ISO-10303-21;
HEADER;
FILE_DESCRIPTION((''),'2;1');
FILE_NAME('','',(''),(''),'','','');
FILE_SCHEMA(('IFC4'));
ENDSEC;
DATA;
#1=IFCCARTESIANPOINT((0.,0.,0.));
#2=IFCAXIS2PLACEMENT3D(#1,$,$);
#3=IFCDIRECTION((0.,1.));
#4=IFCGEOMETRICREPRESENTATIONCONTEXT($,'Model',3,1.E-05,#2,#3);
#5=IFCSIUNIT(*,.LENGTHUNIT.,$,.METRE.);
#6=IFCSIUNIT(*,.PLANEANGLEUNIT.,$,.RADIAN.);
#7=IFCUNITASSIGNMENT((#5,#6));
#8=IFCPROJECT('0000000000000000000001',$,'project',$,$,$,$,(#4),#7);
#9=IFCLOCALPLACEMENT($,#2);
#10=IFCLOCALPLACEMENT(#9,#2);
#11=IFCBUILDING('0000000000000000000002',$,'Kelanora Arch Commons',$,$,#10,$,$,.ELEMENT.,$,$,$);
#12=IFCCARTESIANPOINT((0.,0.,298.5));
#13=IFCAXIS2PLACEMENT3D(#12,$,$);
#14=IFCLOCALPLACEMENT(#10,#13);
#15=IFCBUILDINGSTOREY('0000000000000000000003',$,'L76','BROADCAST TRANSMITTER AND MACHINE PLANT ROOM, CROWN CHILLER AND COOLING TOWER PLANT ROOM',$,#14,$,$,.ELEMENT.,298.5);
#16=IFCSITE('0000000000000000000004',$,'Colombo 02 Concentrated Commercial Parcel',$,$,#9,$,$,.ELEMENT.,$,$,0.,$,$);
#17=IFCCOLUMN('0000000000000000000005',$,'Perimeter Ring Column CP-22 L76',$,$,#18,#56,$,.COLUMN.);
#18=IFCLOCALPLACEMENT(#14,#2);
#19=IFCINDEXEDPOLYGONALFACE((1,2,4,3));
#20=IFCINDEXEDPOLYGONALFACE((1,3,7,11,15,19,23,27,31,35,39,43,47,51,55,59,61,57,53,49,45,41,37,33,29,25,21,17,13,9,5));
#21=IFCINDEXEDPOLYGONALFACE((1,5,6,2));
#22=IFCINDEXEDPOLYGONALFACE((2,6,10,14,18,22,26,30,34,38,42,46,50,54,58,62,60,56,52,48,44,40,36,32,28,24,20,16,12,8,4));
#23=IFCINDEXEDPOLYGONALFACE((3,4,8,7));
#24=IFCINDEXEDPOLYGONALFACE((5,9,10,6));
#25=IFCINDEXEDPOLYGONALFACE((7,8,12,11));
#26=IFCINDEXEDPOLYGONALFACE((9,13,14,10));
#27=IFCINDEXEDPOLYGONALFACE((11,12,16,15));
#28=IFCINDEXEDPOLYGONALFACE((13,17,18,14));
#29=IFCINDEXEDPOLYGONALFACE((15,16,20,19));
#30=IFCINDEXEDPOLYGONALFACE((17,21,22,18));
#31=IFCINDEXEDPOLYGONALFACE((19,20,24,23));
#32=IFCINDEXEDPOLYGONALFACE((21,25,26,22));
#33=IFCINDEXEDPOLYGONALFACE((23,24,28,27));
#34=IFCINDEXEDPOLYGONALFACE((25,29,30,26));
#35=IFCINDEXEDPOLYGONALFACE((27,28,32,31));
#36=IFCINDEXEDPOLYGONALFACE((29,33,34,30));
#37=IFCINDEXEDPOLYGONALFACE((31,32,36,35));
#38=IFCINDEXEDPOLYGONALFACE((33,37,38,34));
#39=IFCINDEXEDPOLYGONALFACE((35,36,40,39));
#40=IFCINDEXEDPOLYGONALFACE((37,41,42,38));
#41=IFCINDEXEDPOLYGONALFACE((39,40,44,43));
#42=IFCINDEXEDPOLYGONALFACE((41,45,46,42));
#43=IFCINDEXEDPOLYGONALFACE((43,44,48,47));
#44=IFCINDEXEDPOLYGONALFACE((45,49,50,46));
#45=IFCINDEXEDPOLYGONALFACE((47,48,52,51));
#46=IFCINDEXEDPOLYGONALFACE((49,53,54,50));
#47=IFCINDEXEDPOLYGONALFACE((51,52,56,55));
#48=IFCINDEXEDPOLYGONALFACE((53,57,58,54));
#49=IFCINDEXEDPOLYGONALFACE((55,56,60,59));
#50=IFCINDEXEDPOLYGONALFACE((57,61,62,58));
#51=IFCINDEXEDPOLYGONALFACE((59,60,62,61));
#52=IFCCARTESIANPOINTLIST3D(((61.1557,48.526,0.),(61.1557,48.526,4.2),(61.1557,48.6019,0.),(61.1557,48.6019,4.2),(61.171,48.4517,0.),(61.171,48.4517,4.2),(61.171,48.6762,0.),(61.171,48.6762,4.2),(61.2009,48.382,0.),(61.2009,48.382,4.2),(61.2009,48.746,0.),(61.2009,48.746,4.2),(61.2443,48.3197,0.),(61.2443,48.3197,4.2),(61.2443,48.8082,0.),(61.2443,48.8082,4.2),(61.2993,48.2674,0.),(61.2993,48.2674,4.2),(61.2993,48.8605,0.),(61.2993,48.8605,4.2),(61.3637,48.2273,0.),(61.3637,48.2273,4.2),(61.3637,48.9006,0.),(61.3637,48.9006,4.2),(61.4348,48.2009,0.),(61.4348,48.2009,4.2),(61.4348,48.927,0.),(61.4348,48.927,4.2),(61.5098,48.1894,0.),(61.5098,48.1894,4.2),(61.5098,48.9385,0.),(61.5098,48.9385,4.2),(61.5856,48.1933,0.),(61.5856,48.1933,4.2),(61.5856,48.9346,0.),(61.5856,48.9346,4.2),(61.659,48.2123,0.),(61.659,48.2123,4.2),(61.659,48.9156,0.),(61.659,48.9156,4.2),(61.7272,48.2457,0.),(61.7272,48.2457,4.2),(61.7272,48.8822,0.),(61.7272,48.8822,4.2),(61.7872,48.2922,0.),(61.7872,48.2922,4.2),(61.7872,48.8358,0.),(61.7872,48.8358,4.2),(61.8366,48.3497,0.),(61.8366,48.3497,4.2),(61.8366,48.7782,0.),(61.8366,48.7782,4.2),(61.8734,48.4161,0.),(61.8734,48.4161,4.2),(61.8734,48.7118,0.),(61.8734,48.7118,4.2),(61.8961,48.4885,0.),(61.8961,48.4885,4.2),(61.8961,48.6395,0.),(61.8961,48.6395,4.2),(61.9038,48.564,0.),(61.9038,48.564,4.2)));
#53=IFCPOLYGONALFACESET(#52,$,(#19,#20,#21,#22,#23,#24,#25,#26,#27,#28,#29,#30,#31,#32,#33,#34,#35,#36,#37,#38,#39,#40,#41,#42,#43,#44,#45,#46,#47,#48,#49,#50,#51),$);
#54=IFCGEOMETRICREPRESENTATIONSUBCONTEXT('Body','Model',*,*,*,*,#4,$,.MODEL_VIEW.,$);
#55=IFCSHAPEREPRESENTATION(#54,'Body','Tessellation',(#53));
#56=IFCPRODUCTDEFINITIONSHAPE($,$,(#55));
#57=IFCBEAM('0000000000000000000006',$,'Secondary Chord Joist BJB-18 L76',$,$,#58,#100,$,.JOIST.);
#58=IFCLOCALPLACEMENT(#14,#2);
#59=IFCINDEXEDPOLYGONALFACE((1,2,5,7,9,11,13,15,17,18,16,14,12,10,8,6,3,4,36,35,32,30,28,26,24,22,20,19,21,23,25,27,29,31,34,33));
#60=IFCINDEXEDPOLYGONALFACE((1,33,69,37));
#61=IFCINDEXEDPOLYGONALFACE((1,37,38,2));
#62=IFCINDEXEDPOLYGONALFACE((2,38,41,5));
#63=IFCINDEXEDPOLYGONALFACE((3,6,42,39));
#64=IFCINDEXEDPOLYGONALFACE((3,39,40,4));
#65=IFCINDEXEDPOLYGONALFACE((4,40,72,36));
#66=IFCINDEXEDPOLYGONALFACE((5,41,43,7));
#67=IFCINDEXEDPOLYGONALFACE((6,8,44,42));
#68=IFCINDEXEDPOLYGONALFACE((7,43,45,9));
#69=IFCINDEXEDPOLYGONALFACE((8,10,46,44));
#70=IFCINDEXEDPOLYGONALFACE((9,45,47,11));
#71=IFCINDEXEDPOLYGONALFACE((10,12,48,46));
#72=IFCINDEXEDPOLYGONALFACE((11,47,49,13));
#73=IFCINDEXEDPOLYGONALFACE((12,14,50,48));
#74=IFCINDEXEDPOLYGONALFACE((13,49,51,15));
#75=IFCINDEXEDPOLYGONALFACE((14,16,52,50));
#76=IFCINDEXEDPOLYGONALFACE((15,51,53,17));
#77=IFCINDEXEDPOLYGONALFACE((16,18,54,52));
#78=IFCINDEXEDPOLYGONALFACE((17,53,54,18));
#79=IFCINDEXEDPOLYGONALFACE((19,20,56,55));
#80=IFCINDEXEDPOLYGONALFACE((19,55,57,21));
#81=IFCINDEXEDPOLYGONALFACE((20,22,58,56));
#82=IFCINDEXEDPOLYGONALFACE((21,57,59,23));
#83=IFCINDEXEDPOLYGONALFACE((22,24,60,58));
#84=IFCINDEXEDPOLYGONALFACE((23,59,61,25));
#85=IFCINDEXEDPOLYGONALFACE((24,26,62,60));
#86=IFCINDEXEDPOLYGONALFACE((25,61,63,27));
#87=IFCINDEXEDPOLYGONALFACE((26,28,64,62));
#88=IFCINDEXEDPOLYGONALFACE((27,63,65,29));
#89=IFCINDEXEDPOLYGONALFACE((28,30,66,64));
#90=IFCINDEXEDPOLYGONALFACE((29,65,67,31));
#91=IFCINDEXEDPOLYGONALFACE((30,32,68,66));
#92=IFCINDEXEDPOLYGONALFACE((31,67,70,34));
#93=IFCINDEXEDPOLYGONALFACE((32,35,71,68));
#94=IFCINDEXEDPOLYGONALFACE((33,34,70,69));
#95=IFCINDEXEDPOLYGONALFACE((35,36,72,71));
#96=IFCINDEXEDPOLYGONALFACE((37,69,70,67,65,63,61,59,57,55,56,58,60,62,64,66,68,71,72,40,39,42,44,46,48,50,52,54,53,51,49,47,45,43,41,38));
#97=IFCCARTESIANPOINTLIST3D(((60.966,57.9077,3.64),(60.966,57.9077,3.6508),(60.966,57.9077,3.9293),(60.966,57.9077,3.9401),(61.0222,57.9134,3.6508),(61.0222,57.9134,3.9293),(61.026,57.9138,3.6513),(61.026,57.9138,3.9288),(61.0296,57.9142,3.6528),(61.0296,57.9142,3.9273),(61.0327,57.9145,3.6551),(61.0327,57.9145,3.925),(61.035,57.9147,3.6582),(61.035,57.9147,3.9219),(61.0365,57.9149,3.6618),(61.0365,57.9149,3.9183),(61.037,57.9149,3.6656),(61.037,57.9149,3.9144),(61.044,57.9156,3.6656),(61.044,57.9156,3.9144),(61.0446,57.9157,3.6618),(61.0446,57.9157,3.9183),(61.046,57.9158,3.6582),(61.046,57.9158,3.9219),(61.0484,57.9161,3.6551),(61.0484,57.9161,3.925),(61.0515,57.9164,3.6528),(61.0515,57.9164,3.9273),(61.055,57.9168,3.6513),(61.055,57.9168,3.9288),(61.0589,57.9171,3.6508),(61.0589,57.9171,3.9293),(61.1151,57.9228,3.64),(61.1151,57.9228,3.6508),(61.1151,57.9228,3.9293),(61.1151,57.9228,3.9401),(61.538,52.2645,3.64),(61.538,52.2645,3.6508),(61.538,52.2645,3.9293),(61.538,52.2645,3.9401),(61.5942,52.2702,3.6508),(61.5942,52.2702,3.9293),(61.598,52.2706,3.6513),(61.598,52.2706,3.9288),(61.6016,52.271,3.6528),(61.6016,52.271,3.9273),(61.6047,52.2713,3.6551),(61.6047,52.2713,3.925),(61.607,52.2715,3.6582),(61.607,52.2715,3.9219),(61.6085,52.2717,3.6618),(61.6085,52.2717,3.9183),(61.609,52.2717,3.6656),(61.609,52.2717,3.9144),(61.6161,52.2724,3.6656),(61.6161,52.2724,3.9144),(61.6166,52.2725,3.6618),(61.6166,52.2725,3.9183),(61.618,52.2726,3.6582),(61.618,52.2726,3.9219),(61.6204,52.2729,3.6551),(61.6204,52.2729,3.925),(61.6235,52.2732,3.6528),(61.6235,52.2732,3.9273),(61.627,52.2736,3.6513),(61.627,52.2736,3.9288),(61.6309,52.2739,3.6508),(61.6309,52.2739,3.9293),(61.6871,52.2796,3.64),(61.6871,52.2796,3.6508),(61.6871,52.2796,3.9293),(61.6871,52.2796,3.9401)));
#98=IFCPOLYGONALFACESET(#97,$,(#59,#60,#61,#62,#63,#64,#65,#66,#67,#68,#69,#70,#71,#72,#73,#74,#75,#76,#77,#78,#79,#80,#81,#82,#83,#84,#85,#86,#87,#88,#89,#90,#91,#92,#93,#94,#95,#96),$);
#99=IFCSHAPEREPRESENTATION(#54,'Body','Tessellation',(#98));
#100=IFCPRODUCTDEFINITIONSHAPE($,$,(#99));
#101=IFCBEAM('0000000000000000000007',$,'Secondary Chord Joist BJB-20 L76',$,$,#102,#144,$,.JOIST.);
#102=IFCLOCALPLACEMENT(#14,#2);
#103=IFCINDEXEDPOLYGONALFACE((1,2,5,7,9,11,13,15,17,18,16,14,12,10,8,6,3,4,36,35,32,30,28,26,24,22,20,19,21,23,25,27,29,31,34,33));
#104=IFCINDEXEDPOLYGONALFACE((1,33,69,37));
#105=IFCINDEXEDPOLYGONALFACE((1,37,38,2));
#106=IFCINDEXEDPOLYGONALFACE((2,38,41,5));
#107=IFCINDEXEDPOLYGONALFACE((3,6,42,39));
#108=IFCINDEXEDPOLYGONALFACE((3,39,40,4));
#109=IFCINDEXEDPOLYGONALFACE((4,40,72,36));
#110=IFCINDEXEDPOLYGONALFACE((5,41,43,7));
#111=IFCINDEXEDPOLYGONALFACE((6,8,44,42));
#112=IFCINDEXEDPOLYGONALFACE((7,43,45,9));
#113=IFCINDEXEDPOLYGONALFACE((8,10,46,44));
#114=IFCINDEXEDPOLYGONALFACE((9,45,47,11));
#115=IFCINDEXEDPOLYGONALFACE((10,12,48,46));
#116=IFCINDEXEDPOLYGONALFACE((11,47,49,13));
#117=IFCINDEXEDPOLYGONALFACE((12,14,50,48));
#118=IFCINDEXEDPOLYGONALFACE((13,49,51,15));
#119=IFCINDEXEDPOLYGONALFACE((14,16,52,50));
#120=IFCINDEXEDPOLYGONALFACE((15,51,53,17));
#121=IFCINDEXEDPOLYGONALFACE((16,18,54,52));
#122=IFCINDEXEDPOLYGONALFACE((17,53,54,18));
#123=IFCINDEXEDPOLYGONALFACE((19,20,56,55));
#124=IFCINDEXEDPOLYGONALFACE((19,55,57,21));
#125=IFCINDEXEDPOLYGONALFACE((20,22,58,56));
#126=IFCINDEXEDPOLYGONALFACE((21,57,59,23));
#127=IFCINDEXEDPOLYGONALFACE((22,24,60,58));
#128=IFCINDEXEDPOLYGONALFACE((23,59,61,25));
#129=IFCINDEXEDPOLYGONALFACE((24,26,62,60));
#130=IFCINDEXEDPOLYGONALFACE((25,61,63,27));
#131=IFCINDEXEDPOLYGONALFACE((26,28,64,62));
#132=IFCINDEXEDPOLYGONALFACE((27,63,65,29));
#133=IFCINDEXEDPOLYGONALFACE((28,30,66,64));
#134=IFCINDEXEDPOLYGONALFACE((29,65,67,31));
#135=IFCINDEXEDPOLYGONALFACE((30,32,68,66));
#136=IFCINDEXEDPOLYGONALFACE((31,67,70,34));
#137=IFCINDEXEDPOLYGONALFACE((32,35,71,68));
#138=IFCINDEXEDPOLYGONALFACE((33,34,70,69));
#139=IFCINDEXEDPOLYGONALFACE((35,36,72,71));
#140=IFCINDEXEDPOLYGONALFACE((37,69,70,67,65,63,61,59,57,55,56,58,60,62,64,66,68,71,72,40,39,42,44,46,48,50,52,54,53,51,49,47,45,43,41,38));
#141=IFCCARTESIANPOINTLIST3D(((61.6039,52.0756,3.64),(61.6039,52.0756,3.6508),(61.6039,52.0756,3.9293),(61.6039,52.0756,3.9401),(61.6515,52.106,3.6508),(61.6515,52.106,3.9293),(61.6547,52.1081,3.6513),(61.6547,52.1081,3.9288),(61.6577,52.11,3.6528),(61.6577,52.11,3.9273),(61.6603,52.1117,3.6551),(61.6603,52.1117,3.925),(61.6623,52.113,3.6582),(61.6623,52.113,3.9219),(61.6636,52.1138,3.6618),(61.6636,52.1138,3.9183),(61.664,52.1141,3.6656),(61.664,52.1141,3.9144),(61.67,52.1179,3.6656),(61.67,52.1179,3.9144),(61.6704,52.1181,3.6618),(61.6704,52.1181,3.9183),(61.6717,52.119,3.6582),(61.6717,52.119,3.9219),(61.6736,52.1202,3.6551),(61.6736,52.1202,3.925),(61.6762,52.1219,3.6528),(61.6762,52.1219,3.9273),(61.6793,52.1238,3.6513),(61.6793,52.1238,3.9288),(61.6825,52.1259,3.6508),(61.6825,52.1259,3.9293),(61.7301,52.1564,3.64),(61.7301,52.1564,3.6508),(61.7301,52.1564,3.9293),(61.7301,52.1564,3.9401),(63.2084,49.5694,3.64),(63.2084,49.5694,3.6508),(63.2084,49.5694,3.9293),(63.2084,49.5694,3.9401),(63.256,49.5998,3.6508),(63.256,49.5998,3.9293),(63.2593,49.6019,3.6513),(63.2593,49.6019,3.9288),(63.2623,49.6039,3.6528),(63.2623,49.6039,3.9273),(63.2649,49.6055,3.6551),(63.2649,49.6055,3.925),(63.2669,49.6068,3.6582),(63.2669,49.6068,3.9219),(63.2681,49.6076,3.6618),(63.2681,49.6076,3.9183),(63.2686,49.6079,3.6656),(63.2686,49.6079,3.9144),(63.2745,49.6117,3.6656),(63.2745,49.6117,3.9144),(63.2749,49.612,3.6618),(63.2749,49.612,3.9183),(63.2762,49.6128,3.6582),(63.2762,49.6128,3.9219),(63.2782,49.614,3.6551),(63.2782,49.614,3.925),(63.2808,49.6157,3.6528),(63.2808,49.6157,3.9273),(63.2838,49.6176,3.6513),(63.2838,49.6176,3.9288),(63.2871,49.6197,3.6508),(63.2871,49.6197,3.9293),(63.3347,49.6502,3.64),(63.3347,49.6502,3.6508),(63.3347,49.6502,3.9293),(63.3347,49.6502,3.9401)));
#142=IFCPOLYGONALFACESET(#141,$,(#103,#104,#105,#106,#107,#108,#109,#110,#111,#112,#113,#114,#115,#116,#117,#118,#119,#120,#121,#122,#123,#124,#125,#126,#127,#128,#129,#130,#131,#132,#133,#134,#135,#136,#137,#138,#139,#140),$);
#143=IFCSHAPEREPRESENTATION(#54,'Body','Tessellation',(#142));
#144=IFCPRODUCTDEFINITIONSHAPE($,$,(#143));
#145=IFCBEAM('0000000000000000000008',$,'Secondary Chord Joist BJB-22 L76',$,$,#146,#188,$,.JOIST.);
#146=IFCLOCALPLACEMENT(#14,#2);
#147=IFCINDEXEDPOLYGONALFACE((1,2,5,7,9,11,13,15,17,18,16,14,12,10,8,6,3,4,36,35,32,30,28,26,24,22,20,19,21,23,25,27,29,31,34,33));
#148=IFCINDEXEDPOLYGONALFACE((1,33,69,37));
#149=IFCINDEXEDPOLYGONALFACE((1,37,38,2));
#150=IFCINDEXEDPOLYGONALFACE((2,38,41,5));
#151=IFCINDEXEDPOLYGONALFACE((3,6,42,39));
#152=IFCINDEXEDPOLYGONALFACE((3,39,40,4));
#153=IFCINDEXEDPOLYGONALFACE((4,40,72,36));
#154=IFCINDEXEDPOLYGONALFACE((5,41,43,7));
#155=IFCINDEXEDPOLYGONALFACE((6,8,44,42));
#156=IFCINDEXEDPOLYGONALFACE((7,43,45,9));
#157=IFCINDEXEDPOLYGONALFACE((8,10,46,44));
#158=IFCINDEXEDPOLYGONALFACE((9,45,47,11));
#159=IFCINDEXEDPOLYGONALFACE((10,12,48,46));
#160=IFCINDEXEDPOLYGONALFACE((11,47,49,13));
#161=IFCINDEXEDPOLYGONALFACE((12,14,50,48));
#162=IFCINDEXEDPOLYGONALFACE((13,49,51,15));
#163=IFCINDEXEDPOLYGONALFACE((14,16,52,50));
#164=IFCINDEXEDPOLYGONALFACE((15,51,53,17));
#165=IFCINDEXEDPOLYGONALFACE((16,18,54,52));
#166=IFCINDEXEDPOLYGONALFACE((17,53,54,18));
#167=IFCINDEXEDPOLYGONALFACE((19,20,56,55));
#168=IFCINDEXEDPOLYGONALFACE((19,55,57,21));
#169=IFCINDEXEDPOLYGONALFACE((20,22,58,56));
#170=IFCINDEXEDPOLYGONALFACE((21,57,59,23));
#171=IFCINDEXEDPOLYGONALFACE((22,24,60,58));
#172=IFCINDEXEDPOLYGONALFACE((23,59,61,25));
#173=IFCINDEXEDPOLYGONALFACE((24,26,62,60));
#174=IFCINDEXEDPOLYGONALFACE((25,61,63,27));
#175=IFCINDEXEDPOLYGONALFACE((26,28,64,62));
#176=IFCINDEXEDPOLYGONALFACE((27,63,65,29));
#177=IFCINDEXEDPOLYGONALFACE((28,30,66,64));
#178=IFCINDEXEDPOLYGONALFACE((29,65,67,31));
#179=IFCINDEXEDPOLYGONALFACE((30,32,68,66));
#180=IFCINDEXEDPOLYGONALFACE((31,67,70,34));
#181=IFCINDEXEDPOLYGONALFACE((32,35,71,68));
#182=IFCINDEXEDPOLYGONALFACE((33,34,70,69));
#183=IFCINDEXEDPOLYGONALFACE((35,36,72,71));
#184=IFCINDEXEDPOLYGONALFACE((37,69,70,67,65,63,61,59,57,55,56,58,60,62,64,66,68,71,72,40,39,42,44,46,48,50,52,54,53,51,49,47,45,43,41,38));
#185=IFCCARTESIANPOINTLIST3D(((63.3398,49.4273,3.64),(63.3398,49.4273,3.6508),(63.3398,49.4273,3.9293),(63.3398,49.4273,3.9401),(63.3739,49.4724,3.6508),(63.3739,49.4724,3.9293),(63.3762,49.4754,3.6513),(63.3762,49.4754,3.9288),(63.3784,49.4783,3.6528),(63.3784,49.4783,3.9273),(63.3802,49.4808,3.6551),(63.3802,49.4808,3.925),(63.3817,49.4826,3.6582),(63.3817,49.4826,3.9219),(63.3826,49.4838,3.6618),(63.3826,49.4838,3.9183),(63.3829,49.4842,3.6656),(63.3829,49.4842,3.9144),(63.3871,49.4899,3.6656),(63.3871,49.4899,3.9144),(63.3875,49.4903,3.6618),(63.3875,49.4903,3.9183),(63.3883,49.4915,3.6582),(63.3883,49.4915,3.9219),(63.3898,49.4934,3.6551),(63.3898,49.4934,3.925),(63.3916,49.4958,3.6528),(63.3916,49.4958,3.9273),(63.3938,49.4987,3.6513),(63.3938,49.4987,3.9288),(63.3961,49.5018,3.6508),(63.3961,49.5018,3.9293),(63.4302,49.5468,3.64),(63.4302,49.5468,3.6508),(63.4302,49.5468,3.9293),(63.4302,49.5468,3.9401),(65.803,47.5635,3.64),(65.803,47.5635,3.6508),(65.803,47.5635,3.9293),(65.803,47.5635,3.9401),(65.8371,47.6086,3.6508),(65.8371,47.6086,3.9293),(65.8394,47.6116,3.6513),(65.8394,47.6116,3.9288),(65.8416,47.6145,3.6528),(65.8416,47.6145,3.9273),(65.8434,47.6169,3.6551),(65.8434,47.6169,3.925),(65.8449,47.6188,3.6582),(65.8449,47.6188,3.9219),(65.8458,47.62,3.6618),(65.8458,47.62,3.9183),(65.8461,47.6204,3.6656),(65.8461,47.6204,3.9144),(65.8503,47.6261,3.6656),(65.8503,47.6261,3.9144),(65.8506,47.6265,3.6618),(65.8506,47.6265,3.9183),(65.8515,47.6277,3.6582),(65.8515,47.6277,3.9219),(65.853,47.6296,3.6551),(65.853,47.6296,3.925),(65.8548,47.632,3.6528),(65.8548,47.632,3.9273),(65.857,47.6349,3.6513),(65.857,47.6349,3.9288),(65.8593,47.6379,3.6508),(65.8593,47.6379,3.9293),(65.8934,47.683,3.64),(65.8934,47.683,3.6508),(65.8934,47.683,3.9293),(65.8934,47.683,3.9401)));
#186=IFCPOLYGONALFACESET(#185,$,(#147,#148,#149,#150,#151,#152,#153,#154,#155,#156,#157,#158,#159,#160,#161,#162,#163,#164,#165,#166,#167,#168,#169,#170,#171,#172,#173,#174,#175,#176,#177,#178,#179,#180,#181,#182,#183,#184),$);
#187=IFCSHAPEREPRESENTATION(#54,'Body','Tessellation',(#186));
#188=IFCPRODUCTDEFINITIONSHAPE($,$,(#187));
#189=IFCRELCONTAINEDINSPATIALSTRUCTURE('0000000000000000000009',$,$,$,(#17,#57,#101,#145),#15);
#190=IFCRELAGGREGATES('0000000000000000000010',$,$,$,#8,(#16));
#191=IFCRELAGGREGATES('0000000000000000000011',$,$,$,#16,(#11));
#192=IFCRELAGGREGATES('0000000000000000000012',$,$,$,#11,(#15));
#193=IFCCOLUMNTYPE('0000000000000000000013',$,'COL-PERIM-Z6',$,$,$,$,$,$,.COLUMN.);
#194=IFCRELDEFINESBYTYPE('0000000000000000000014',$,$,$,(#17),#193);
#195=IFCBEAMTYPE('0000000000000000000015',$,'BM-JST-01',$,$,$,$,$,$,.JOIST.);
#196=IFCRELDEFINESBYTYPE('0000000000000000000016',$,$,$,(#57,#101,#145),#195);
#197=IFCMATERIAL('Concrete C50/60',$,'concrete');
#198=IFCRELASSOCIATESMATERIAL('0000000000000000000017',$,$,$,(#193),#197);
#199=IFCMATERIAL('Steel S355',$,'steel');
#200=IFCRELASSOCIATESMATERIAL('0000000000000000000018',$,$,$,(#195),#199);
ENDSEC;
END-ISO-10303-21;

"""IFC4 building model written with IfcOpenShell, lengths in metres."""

from ifc_helpers import new_model, si_unit, direction, frame, origin, origin_2d, place, context, subcontext, project, spatial, circle, i_section, extrude, material, material_profile, profile_set, type_object, element, save


model = new_model("IFC4")

# Units and contexts
model_context = context("Model", 3, precision=1e-05, world=origin(), true_north=direction((0.0, 1.0)))
body_context = subcontext(model_context, "Body", "Model", "MODEL_VIEW")
ifc_project = project(units=[si_unit("LENGTHUNIT", "METRE"), si_unit("PLANEANGLEUNIT", "RADIAN")], contexts=[model_context])

# Site, building, storey
site_placement = place(None, origin())
site = spatial("IfcSite", under=ifc_project, at=site_placement, Name="Colombo 02 Concentrated Commercial Parcel", CompositionType="ELEMENT", RefElevation=0.0)
building_placement = place(site_placement, origin())
building = spatial("IfcBuilding", under=site, at=building_placement, Name="Kelanora Arch Commons", CompositionType="ELEMENT")
storey_placement = place(building_placement, frame((0.0, 0.0, 298.5)))
storey = spatial("IfcBuildingStorey", under=building, at=storey_placement, Name="L76", Description="BROADCAST TRANSMITTER AND MACHINE PLANT ROOM, CROWN CHILLER AND COOLING TOWER PLANT ROOM", CompositionType="ELEMENT", Elevation=298.5)

# Column
ifc_material_1 = material(Name="Concrete C50/60", Category="concrete")
ifc_material_profile_1 = material_profile(ifc_material_1, circle(Radius=0.375, at=origin_2d()), Name="RCC750")
ifc_profile_set_1 = profile_set([ifc_material_profile_1], Name="Concrete C50/60")
column_type = type_object("IfcColumnType", Name="COL-PERIM-Z6", PredefinedType="COLUMN", material=ifc_profile_set_1)
column_placement = place(storey_placement, frame((61.5288, 48.564, 0.0), z_axis=(0.0, 0.0, 1.0), x_axis=(1.0, 0.0, 0.0)))
element("IfcColumn", 1, at=column_placement, inside=storey, type_object=column_type, Name="Perimeter Ring Column CP-22 L76", PredefinedType="COLUMN", context=body_context, shape_type="SweptSolid", body=[
    extrude(circle(Radius=0.375, at=origin_2d()), origin(), (0.0, 0.0, 1.0), 4.2),
])

# Beams
ifc_material_2 = material(Name="Steel S355", Category="steel")
ifc_material_profile_2 = material_profile(ifc_material_2, i_section(OverallWidth=0.1499, OverallDepth=0.3, WebThickness=0.0071, FlangeThickness=0.0107, FilletRadius=0.0149, at=origin_2d()), Name="IPE300")
ifc_profile_set_2 = profile_set([ifc_material_profile_2], Name="Steel S355")
beam_type_1 = type_object("IfcBeamType", Name="BM-JST-01", PredefinedType="JOIST", material=ifc_profile_set_2)
beam_1_placement = place(storey_placement, frame((61.0405, 57.9153, 3.79), z_axis=(0.100846, -0.994902, 0.0), x_axis=(0.994902, 0.100846, 0.0)))
element("IfcBeam", 2, at=beam_1_placement, inside=storey, type_object=beam_type_1, Name="Secondary Chord Joist BJB-18 L76", PredefinedType="JOIST", context=body_context, shape_type="SweptSolid", body=[
    extrude(i_section(OverallWidth=0.1499, OverallDepth=0.3, WebThickness=0.0071, FlangeThickness=0.0107, FilletRadius=0.0149, at=origin_2d()), origin(), (0.0, 0.0, 1.0), 5.6721),
])
beam_2_placement = place(storey_placement, frame((61.667, 52.116, 3.79), z_axis=(0.539193, -0.842182, 0.0), x_axis=(0.842182, 0.539193, 0.0)))
element("IfcBeam", 3, at=beam_2_placement, inside=storey, type_object=beam_type_1, Name="Secondary Chord Joist BJB-20 L76", PredefinedType="JOIST", context=body_context, shape_type="SweptSolid", body=[
    extrude(i_section(OverallWidth=0.1499, OverallDepth=0.3, WebThickness=0.0071, FlangeThickness=0.0107, FilletRadius=0.0149, at=origin_2d()), origin(), (0.0, 0.0, 1.0), 2.9758),
])
beam_3_placement = place(storey_placement, frame((63.385, 49.4871, 3.79), z_axis=(0.797441, -0.603396, 0.0), x_axis=(0.603396, 0.797441, 0.0)))
element("IfcBeam", 4, at=beam_3_placement, inside=storey, type_object=beam_type_1, Name="Secondary Chord Joist BJB-22 L76", PredefinedType="JOIST", context=body_context, shape_type="SweptSolid", body=[
    extrude(i_section(OverallWidth=0.1499, OverallDepth=0.3, WebThickness=0.0071, FlangeThickness=0.0107, FilletRadius=0.0149, at=origin_2d()), origin(), (0.0, 0.0, 1.0), 3.0889),
])

save(model, "model.ifc")
